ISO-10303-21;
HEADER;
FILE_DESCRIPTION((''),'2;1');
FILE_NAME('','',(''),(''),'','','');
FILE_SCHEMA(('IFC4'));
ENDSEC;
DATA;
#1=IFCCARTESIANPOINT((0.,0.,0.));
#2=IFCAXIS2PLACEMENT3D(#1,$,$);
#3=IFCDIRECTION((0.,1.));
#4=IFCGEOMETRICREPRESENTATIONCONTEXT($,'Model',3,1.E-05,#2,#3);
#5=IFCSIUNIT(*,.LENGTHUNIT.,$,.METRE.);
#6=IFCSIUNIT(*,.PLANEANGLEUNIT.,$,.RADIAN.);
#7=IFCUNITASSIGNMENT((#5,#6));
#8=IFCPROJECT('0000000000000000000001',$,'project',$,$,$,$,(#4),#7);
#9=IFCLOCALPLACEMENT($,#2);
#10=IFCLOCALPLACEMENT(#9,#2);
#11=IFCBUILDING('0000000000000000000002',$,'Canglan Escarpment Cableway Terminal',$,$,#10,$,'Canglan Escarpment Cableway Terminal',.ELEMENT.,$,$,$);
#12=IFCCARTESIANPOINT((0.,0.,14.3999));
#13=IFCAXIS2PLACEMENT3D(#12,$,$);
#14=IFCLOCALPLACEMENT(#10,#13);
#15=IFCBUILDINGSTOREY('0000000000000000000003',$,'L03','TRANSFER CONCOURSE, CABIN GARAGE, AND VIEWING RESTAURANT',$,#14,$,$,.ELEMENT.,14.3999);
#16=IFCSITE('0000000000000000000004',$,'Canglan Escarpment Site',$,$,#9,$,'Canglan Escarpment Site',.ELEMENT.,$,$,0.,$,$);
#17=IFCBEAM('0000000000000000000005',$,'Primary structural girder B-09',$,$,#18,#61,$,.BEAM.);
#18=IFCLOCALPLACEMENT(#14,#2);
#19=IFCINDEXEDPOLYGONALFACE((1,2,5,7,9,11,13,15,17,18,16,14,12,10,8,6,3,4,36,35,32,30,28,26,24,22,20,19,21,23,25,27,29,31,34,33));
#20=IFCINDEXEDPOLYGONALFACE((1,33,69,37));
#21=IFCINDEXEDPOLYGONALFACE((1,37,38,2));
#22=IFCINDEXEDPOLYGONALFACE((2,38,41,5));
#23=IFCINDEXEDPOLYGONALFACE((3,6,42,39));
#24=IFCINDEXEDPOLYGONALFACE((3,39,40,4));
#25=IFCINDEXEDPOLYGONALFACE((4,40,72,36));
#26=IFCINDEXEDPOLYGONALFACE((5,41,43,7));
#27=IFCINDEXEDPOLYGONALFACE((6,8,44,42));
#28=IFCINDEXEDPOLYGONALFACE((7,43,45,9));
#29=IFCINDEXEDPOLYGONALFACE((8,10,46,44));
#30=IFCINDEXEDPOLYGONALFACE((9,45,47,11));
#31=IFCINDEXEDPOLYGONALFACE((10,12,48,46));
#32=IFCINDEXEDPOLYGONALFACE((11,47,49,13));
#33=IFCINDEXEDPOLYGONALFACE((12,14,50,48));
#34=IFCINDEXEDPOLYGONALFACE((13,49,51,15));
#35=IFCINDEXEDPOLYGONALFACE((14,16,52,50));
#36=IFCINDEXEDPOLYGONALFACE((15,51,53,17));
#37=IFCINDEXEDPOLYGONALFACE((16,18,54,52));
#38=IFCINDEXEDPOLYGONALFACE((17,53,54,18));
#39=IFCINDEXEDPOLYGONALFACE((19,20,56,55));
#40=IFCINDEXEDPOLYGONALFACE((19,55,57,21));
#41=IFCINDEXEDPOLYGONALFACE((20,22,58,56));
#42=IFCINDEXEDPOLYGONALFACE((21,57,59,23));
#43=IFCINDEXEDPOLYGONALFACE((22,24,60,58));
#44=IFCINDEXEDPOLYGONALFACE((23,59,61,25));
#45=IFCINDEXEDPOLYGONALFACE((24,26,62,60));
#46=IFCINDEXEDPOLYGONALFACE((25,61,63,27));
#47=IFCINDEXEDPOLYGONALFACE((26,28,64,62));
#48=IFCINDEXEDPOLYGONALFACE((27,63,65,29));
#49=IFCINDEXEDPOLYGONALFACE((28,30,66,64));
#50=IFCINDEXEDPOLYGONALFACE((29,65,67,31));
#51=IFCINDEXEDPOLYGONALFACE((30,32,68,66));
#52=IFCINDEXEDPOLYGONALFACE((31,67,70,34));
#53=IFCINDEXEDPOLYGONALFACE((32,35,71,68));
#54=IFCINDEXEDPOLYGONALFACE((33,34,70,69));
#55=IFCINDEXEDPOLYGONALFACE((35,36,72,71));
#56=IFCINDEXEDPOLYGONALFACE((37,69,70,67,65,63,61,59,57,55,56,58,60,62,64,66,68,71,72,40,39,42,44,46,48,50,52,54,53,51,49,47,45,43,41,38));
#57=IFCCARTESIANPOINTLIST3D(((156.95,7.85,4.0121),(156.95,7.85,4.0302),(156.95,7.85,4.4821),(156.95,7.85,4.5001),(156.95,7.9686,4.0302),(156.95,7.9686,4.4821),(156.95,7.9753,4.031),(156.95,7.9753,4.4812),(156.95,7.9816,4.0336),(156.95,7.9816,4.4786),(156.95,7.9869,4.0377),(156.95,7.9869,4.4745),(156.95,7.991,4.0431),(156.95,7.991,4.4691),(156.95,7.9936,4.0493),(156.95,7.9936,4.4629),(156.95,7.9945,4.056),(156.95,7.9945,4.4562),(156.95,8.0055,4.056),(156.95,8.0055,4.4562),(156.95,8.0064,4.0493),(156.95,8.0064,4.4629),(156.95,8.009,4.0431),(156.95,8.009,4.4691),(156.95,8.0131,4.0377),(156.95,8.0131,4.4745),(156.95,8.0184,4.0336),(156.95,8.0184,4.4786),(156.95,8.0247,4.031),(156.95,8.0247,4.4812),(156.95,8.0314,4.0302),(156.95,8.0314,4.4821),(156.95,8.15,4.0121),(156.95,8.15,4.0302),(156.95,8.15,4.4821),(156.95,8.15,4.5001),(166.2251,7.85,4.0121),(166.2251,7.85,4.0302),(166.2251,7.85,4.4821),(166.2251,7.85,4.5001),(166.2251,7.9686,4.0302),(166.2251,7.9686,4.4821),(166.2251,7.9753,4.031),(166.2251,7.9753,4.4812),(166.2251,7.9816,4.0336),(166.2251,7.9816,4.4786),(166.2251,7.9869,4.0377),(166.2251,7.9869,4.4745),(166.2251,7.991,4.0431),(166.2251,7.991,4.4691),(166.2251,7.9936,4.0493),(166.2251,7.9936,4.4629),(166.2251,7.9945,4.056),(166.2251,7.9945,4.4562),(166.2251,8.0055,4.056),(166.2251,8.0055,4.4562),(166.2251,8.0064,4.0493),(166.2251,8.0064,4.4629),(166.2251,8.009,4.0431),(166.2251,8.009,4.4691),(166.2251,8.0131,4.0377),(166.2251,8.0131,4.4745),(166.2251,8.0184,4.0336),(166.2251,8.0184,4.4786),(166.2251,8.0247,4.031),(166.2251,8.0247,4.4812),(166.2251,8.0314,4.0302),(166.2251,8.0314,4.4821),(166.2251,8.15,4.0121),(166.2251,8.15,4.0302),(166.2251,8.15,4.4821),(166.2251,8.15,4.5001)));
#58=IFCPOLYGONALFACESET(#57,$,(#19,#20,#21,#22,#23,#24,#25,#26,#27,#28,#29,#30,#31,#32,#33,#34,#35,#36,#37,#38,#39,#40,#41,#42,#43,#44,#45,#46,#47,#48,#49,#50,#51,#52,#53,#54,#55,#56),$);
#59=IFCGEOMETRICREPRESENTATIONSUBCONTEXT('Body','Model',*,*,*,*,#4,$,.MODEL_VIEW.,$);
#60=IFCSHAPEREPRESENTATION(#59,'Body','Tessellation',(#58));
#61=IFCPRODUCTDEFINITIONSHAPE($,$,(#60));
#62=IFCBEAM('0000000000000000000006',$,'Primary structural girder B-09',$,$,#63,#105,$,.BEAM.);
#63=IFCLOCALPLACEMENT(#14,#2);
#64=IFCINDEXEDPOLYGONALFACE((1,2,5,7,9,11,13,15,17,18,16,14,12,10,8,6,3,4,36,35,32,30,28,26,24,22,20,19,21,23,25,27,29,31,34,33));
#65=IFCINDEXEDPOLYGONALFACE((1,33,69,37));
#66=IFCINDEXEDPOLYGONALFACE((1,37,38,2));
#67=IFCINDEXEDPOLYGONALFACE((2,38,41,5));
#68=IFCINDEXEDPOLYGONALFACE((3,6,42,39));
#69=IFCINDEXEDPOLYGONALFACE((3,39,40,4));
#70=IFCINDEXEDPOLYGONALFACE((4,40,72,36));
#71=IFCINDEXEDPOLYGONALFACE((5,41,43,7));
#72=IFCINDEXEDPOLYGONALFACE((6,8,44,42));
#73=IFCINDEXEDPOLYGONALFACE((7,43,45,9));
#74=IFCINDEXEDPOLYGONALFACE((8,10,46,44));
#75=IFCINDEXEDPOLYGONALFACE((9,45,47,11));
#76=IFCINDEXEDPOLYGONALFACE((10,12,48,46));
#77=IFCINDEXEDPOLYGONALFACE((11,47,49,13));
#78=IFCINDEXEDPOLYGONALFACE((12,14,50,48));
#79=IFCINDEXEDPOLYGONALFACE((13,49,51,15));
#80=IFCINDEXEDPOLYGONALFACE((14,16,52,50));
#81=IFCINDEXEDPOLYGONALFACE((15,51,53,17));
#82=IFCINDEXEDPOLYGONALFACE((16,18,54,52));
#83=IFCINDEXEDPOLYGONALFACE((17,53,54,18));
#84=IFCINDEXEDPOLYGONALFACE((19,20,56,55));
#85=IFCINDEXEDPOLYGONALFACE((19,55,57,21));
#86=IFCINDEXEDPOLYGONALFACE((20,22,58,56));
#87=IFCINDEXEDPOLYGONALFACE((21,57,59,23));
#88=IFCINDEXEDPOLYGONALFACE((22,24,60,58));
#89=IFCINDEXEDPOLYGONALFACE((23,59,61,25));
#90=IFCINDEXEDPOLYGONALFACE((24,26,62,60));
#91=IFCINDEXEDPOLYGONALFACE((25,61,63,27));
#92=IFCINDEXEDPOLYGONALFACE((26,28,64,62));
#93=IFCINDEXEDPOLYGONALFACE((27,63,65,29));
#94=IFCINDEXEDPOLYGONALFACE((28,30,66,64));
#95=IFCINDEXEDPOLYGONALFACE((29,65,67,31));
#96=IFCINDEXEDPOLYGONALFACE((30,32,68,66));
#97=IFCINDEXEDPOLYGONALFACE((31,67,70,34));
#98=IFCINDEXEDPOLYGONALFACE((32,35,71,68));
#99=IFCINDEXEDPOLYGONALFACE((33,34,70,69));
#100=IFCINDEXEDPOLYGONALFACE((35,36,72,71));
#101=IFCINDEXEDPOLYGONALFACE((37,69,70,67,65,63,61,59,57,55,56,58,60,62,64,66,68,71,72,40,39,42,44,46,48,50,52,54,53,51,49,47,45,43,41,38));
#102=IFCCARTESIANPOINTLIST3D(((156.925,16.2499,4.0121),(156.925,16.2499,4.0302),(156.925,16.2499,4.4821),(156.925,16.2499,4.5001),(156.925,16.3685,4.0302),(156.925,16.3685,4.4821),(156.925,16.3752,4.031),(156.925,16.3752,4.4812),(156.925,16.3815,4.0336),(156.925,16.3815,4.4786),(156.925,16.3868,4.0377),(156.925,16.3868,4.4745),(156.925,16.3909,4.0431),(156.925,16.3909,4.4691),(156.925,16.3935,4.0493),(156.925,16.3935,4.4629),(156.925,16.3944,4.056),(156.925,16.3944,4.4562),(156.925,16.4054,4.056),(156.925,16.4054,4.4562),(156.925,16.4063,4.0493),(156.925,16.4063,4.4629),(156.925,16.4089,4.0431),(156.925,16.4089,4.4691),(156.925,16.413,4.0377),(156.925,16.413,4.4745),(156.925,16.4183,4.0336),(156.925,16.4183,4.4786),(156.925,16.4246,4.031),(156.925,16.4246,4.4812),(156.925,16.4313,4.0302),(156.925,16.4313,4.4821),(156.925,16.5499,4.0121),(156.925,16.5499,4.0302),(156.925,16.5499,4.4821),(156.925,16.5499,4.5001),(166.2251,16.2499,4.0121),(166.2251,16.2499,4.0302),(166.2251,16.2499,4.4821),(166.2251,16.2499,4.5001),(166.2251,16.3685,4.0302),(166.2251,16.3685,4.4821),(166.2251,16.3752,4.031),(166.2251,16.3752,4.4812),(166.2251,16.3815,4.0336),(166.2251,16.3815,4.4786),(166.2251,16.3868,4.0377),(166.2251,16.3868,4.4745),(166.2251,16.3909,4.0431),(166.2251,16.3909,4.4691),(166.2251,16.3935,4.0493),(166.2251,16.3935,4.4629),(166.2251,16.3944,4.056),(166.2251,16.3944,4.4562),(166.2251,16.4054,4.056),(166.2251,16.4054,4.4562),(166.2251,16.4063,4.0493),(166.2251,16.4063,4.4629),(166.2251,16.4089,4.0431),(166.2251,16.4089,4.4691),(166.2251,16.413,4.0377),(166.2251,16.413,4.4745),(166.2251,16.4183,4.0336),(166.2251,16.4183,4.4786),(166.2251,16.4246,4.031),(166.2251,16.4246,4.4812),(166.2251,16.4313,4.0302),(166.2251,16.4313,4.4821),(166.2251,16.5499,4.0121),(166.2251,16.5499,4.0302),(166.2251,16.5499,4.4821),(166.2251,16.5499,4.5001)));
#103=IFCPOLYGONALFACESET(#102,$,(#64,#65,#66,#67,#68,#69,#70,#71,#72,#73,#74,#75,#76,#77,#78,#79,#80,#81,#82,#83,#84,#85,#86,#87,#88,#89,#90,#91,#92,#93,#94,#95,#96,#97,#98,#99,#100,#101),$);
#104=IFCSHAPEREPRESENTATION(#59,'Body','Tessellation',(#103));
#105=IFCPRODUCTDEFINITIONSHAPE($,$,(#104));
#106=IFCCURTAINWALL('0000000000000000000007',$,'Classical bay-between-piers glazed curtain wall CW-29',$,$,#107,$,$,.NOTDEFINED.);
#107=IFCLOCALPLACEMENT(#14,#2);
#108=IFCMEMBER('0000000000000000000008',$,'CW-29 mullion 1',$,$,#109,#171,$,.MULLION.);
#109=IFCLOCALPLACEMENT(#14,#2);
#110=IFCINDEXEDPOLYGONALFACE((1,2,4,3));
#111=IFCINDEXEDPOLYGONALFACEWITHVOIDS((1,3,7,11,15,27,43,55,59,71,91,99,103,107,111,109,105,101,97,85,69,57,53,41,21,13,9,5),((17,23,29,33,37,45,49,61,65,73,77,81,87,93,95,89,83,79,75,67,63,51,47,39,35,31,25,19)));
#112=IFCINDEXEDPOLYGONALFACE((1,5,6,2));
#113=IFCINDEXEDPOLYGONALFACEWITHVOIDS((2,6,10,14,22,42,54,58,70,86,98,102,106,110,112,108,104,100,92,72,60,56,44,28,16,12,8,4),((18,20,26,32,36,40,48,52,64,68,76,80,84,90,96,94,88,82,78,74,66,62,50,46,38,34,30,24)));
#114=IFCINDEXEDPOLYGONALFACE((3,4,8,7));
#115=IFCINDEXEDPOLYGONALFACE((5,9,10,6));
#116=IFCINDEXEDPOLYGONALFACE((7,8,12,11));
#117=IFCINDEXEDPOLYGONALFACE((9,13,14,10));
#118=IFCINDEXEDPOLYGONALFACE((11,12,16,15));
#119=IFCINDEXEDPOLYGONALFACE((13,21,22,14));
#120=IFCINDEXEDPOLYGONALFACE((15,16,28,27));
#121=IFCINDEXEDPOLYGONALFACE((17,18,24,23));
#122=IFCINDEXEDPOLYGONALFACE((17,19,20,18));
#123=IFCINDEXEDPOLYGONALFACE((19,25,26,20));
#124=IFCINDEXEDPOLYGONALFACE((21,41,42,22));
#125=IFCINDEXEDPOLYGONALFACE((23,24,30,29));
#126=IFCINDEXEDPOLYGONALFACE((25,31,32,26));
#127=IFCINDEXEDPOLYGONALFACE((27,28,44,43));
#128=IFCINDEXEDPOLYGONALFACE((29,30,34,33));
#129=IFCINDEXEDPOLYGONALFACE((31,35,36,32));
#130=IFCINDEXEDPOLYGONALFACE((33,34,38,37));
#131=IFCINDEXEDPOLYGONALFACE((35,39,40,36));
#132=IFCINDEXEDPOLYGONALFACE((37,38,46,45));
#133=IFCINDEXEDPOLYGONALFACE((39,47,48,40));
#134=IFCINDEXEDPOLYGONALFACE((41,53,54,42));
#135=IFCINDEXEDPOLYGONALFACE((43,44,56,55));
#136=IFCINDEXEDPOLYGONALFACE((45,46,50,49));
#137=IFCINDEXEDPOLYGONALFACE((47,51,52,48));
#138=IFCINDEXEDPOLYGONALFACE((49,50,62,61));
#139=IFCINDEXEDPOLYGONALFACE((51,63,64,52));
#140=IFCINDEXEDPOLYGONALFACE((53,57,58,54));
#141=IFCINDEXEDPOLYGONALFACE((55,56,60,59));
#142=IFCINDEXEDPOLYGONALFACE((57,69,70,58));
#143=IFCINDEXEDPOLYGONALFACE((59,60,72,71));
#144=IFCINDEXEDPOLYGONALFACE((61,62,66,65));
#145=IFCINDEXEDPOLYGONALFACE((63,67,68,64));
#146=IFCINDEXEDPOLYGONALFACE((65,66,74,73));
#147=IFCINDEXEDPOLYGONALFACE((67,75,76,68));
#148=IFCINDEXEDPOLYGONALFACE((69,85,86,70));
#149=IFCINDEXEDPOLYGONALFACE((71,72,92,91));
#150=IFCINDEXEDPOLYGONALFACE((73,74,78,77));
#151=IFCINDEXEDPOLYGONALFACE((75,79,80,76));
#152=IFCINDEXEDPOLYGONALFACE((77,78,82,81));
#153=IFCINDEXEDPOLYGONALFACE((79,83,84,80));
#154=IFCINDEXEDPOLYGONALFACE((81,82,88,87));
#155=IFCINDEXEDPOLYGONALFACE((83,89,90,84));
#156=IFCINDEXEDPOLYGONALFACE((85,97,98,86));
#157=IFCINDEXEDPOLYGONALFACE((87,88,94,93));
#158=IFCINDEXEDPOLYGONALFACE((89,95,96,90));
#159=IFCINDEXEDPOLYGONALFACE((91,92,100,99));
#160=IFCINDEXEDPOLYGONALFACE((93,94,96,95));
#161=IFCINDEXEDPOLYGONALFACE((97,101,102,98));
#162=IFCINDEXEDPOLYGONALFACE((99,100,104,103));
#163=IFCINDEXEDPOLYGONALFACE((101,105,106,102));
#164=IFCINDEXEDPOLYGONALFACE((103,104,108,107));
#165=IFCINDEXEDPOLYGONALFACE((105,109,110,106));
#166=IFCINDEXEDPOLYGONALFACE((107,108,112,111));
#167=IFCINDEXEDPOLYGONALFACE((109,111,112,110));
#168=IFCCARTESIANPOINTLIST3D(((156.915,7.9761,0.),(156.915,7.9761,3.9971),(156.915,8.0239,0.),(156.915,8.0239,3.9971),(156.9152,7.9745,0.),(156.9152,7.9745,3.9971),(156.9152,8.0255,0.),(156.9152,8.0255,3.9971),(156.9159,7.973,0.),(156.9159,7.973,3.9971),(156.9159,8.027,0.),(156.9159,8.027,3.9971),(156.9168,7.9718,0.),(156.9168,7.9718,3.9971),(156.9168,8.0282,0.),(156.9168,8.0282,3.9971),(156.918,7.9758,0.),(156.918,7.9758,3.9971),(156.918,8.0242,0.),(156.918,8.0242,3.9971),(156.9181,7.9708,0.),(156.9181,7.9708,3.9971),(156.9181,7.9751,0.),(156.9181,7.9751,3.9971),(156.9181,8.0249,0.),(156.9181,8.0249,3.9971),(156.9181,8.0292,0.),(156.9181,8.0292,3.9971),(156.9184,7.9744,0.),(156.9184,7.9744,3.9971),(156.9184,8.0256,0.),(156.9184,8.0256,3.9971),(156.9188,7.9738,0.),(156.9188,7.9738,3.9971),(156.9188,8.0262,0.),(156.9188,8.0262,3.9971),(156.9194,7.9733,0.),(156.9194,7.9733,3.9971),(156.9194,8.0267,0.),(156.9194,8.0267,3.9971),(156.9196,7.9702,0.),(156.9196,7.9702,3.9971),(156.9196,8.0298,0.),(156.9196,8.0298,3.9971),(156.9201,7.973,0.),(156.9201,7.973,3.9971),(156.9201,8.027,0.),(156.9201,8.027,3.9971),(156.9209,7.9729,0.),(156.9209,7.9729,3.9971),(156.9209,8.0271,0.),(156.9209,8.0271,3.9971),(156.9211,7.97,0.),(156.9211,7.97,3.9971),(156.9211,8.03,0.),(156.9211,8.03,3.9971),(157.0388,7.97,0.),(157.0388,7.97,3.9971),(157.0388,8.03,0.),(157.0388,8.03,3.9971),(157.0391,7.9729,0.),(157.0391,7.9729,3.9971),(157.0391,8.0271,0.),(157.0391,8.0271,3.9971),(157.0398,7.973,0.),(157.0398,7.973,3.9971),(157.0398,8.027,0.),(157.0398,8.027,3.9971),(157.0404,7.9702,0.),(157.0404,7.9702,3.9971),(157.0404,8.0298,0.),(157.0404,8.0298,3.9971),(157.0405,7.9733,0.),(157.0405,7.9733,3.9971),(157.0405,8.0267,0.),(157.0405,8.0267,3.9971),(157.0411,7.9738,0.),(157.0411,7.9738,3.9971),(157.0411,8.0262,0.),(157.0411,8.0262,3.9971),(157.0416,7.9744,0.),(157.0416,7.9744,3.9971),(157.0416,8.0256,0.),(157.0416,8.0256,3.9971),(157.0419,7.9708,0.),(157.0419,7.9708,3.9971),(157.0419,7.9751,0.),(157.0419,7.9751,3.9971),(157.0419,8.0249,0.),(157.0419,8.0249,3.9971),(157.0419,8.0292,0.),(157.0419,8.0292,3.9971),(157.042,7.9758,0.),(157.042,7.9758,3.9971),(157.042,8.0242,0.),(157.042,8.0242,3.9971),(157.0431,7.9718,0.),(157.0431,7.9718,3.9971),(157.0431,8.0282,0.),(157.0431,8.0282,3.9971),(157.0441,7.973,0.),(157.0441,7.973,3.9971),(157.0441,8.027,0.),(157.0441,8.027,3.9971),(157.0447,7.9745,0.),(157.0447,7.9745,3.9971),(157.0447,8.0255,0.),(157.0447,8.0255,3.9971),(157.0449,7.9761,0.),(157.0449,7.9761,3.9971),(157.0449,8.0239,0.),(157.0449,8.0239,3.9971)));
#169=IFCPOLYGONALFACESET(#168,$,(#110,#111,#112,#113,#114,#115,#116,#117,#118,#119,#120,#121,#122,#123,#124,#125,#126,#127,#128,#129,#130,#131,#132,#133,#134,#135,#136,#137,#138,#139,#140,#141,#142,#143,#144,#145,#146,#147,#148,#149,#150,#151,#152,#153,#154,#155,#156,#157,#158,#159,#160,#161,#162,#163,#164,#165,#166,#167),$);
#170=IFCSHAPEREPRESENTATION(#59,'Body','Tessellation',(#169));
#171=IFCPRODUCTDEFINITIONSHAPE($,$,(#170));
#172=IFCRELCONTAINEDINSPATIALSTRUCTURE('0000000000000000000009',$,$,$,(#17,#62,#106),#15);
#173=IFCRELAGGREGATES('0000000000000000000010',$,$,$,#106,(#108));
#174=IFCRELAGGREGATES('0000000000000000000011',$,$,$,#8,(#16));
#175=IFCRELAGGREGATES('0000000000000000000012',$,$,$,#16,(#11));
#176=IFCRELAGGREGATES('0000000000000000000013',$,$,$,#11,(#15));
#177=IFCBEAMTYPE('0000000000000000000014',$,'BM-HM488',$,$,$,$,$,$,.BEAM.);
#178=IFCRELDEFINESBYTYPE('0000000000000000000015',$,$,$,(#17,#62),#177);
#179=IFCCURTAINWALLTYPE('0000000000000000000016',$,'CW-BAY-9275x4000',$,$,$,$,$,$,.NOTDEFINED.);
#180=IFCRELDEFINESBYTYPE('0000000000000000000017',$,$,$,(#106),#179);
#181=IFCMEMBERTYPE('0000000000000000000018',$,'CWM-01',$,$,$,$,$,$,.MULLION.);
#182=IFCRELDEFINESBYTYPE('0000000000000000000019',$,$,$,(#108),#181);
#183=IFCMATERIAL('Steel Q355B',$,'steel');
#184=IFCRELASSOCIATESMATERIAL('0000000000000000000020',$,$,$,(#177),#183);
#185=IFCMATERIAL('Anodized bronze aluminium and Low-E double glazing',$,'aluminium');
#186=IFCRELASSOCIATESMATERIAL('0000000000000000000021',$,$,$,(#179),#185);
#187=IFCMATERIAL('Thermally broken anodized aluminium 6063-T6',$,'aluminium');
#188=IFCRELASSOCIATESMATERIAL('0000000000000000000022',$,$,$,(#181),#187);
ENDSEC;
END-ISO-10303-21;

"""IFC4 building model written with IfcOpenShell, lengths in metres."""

from ifc_helpers import new_model, si_unit, direction, frame, origin, origin_2d, place, context, subcontext, project, spatial, hollow_rectangle, i_section, extrude, material, material_profile, profile_set, type_object, element, aggregate, save


model = new_model("IFC4")

# Units and contexts
model_context = context("Model", 3, precision=1e-05, world=origin(), true_north=direction((0.0, 1.0)))
body_context = subcontext(model_context, "Body", "Model", "MODEL_VIEW")
ifc_project = project(units=[si_unit("LENGTHUNIT", "METRE"), si_unit("PLANEANGLEUNIT", "RADIAN")], contexts=[model_context])

# Site, building, storey
site_placement = place(None, origin())
site = spatial("IfcSite", under=ifc_project, at=site_placement, Name="Canglan Escarpment Site", LongName="Canglan Escarpment Site", CompositionType="ELEMENT", RefElevation=0.0)
building_placement = place(site_placement, origin())
building = spatial("IfcBuilding", under=site, at=building_placement, Name="Canglan Escarpment Cableway Terminal", LongName="Canglan Escarpment Cableway Terminal", CompositionType="ELEMENT")
storey_placement = place(building_placement, frame((0.0, 0.0, 14.3999)))
storey = spatial("IfcBuildingStorey", under=building, at=storey_placement, Name="L03", Description="TRANSFER CONCOURSE, CABIN GARAGE, AND VIEWING RESTAURANT", CompositionType="ELEMENT", Elevation=14.3999)

# Beams
ifc_material_1 = material(Name="Steel Q355B", Category="steel")
ifc_material_profile_1 = material_profile(ifc_material_1, i_section(OverallWidth=0.3, OverallDepth=0.488, WebThickness=0.011, FlangeThickness=0.0181, FilletRadius=0.0259, at=origin_2d()), Name="HM 488x300x11x18")
ifc_profile_set_1 = profile_set([ifc_material_profile_1], Name="Steel Q355B")
beam_type = type_object("IfcBeamType", Name="BM-HM488", PredefinedType="BEAM", material=ifc_profile_set_1)
beam_1_placement = place(storey_placement, frame((156.95, 8.0, 4.2561), z_axis=(1.0, 0.0, 0.0), x_axis=(0.0, 1.0, 0.0)))
element("IfcBeam", 1, at=beam_1_placement, inside=storey, type_object=beam_type, Name="Primary structural girder B-09", PredefinedType="BEAM", context=body_context, shape_type="SweptSolid", body=[
    extrude(i_section(OverallWidth=0.3, OverallDepth=0.488, WebThickness=0.011, FlangeThickness=0.0181, FilletRadius=0.0259, at=origin_2d()), origin(), (0.0, 0.0, 1.0), 9.2751),
])
beam_2_placement = place(storey_placement, frame((156.925, 16.3999, 4.2561), z_axis=(1.0, 0.0, 0.0), x_axis=(0.0, 1.0, 0.0)))
element("IfcBeam", 2, at=beam_2_placement, inside=storey, type_object=beam_type, Name="Primary structural girder B-09", PredefinedType="BEAM", context=body_context, shape_type="SweptSolid", body=[
    extrude(i_section(OverallWidth=0.3, OverallDepth=0.488, WebThickness=0.011, FlangeThickness=0.0181, FilletRadius=0.0259, at=origin_2d()), origin(), (0.0, 0.0, 1.0), 9.3),
])

# Curtain wall, member
ifc_material_2 = material(Name="Anodized bronze aluminium and Low-E double glazing", Category="aluminium")
curtain_wall_type = type_object("IfcCurtainWallType", Name="CW-BAY-9275x4000", PredefinedType="NOTDEFINED", material=ifc_material_2)
curtain_wall_placement = place(storey_placement, origin())
curtain_wall = element("IfcCurtainWall", 3, at=curtain_wall_placement, inside=storey, type_object=curtain_wall_type, Name="Classical bay-between-piers glazed curtain wall CW-29", PredefinedType="NOTDEFINED")
ifc_material_3 = material(Name="Thermally broken anodized aluminium 6063-T6", Category="aluminium")
ifc_material_profile_2 = material_profile(ifc_material_3, hollow_rectangle(XDim=0.0601, YDim=0.1299, WallThickness=0.0029, InnerFilletRadius=0.0029, OuterFilletRadius=0.0061, at=origin_2d()), Name="ALU-MULL 60x130x3")
ifc_profile_set_2 = profile_set([ifc_material_profile_2], Name="Thermally broken anodized aluminium 6063-T6")
member_type_1 = type_object("IfcMemberType", Name="CWM-01", PredefinedType="MULLION", material=ifc_profile_set_2)
member_1_placement = place(storey_placement, frame((156.98, 8.0, 0.0), z_axis=(0.0, 0.0, 1.0), x_axis=(0.0, 1.0, 0.0)))
member_1 = element("IfcMember", 4, at=member_1_placement, type_object=member_type_1, Name="CW-29 mullion 1", PredefinedType="MULLION", context=body_context, shape_type="SweptSolid", body=[
    extrude(hollow_rectangle(XDim=0.0601, YDim=0.1299, WallThickness=0.0029, InnerFilletRadius=0.0029, OuterFilletRadius=0.0061, at=origin_2d()), origin(), (0.0, 0.0, 1.0), 3.9971),
])
aggregate(curtain_wall, [member_1])

save(model, "model.ifc")
